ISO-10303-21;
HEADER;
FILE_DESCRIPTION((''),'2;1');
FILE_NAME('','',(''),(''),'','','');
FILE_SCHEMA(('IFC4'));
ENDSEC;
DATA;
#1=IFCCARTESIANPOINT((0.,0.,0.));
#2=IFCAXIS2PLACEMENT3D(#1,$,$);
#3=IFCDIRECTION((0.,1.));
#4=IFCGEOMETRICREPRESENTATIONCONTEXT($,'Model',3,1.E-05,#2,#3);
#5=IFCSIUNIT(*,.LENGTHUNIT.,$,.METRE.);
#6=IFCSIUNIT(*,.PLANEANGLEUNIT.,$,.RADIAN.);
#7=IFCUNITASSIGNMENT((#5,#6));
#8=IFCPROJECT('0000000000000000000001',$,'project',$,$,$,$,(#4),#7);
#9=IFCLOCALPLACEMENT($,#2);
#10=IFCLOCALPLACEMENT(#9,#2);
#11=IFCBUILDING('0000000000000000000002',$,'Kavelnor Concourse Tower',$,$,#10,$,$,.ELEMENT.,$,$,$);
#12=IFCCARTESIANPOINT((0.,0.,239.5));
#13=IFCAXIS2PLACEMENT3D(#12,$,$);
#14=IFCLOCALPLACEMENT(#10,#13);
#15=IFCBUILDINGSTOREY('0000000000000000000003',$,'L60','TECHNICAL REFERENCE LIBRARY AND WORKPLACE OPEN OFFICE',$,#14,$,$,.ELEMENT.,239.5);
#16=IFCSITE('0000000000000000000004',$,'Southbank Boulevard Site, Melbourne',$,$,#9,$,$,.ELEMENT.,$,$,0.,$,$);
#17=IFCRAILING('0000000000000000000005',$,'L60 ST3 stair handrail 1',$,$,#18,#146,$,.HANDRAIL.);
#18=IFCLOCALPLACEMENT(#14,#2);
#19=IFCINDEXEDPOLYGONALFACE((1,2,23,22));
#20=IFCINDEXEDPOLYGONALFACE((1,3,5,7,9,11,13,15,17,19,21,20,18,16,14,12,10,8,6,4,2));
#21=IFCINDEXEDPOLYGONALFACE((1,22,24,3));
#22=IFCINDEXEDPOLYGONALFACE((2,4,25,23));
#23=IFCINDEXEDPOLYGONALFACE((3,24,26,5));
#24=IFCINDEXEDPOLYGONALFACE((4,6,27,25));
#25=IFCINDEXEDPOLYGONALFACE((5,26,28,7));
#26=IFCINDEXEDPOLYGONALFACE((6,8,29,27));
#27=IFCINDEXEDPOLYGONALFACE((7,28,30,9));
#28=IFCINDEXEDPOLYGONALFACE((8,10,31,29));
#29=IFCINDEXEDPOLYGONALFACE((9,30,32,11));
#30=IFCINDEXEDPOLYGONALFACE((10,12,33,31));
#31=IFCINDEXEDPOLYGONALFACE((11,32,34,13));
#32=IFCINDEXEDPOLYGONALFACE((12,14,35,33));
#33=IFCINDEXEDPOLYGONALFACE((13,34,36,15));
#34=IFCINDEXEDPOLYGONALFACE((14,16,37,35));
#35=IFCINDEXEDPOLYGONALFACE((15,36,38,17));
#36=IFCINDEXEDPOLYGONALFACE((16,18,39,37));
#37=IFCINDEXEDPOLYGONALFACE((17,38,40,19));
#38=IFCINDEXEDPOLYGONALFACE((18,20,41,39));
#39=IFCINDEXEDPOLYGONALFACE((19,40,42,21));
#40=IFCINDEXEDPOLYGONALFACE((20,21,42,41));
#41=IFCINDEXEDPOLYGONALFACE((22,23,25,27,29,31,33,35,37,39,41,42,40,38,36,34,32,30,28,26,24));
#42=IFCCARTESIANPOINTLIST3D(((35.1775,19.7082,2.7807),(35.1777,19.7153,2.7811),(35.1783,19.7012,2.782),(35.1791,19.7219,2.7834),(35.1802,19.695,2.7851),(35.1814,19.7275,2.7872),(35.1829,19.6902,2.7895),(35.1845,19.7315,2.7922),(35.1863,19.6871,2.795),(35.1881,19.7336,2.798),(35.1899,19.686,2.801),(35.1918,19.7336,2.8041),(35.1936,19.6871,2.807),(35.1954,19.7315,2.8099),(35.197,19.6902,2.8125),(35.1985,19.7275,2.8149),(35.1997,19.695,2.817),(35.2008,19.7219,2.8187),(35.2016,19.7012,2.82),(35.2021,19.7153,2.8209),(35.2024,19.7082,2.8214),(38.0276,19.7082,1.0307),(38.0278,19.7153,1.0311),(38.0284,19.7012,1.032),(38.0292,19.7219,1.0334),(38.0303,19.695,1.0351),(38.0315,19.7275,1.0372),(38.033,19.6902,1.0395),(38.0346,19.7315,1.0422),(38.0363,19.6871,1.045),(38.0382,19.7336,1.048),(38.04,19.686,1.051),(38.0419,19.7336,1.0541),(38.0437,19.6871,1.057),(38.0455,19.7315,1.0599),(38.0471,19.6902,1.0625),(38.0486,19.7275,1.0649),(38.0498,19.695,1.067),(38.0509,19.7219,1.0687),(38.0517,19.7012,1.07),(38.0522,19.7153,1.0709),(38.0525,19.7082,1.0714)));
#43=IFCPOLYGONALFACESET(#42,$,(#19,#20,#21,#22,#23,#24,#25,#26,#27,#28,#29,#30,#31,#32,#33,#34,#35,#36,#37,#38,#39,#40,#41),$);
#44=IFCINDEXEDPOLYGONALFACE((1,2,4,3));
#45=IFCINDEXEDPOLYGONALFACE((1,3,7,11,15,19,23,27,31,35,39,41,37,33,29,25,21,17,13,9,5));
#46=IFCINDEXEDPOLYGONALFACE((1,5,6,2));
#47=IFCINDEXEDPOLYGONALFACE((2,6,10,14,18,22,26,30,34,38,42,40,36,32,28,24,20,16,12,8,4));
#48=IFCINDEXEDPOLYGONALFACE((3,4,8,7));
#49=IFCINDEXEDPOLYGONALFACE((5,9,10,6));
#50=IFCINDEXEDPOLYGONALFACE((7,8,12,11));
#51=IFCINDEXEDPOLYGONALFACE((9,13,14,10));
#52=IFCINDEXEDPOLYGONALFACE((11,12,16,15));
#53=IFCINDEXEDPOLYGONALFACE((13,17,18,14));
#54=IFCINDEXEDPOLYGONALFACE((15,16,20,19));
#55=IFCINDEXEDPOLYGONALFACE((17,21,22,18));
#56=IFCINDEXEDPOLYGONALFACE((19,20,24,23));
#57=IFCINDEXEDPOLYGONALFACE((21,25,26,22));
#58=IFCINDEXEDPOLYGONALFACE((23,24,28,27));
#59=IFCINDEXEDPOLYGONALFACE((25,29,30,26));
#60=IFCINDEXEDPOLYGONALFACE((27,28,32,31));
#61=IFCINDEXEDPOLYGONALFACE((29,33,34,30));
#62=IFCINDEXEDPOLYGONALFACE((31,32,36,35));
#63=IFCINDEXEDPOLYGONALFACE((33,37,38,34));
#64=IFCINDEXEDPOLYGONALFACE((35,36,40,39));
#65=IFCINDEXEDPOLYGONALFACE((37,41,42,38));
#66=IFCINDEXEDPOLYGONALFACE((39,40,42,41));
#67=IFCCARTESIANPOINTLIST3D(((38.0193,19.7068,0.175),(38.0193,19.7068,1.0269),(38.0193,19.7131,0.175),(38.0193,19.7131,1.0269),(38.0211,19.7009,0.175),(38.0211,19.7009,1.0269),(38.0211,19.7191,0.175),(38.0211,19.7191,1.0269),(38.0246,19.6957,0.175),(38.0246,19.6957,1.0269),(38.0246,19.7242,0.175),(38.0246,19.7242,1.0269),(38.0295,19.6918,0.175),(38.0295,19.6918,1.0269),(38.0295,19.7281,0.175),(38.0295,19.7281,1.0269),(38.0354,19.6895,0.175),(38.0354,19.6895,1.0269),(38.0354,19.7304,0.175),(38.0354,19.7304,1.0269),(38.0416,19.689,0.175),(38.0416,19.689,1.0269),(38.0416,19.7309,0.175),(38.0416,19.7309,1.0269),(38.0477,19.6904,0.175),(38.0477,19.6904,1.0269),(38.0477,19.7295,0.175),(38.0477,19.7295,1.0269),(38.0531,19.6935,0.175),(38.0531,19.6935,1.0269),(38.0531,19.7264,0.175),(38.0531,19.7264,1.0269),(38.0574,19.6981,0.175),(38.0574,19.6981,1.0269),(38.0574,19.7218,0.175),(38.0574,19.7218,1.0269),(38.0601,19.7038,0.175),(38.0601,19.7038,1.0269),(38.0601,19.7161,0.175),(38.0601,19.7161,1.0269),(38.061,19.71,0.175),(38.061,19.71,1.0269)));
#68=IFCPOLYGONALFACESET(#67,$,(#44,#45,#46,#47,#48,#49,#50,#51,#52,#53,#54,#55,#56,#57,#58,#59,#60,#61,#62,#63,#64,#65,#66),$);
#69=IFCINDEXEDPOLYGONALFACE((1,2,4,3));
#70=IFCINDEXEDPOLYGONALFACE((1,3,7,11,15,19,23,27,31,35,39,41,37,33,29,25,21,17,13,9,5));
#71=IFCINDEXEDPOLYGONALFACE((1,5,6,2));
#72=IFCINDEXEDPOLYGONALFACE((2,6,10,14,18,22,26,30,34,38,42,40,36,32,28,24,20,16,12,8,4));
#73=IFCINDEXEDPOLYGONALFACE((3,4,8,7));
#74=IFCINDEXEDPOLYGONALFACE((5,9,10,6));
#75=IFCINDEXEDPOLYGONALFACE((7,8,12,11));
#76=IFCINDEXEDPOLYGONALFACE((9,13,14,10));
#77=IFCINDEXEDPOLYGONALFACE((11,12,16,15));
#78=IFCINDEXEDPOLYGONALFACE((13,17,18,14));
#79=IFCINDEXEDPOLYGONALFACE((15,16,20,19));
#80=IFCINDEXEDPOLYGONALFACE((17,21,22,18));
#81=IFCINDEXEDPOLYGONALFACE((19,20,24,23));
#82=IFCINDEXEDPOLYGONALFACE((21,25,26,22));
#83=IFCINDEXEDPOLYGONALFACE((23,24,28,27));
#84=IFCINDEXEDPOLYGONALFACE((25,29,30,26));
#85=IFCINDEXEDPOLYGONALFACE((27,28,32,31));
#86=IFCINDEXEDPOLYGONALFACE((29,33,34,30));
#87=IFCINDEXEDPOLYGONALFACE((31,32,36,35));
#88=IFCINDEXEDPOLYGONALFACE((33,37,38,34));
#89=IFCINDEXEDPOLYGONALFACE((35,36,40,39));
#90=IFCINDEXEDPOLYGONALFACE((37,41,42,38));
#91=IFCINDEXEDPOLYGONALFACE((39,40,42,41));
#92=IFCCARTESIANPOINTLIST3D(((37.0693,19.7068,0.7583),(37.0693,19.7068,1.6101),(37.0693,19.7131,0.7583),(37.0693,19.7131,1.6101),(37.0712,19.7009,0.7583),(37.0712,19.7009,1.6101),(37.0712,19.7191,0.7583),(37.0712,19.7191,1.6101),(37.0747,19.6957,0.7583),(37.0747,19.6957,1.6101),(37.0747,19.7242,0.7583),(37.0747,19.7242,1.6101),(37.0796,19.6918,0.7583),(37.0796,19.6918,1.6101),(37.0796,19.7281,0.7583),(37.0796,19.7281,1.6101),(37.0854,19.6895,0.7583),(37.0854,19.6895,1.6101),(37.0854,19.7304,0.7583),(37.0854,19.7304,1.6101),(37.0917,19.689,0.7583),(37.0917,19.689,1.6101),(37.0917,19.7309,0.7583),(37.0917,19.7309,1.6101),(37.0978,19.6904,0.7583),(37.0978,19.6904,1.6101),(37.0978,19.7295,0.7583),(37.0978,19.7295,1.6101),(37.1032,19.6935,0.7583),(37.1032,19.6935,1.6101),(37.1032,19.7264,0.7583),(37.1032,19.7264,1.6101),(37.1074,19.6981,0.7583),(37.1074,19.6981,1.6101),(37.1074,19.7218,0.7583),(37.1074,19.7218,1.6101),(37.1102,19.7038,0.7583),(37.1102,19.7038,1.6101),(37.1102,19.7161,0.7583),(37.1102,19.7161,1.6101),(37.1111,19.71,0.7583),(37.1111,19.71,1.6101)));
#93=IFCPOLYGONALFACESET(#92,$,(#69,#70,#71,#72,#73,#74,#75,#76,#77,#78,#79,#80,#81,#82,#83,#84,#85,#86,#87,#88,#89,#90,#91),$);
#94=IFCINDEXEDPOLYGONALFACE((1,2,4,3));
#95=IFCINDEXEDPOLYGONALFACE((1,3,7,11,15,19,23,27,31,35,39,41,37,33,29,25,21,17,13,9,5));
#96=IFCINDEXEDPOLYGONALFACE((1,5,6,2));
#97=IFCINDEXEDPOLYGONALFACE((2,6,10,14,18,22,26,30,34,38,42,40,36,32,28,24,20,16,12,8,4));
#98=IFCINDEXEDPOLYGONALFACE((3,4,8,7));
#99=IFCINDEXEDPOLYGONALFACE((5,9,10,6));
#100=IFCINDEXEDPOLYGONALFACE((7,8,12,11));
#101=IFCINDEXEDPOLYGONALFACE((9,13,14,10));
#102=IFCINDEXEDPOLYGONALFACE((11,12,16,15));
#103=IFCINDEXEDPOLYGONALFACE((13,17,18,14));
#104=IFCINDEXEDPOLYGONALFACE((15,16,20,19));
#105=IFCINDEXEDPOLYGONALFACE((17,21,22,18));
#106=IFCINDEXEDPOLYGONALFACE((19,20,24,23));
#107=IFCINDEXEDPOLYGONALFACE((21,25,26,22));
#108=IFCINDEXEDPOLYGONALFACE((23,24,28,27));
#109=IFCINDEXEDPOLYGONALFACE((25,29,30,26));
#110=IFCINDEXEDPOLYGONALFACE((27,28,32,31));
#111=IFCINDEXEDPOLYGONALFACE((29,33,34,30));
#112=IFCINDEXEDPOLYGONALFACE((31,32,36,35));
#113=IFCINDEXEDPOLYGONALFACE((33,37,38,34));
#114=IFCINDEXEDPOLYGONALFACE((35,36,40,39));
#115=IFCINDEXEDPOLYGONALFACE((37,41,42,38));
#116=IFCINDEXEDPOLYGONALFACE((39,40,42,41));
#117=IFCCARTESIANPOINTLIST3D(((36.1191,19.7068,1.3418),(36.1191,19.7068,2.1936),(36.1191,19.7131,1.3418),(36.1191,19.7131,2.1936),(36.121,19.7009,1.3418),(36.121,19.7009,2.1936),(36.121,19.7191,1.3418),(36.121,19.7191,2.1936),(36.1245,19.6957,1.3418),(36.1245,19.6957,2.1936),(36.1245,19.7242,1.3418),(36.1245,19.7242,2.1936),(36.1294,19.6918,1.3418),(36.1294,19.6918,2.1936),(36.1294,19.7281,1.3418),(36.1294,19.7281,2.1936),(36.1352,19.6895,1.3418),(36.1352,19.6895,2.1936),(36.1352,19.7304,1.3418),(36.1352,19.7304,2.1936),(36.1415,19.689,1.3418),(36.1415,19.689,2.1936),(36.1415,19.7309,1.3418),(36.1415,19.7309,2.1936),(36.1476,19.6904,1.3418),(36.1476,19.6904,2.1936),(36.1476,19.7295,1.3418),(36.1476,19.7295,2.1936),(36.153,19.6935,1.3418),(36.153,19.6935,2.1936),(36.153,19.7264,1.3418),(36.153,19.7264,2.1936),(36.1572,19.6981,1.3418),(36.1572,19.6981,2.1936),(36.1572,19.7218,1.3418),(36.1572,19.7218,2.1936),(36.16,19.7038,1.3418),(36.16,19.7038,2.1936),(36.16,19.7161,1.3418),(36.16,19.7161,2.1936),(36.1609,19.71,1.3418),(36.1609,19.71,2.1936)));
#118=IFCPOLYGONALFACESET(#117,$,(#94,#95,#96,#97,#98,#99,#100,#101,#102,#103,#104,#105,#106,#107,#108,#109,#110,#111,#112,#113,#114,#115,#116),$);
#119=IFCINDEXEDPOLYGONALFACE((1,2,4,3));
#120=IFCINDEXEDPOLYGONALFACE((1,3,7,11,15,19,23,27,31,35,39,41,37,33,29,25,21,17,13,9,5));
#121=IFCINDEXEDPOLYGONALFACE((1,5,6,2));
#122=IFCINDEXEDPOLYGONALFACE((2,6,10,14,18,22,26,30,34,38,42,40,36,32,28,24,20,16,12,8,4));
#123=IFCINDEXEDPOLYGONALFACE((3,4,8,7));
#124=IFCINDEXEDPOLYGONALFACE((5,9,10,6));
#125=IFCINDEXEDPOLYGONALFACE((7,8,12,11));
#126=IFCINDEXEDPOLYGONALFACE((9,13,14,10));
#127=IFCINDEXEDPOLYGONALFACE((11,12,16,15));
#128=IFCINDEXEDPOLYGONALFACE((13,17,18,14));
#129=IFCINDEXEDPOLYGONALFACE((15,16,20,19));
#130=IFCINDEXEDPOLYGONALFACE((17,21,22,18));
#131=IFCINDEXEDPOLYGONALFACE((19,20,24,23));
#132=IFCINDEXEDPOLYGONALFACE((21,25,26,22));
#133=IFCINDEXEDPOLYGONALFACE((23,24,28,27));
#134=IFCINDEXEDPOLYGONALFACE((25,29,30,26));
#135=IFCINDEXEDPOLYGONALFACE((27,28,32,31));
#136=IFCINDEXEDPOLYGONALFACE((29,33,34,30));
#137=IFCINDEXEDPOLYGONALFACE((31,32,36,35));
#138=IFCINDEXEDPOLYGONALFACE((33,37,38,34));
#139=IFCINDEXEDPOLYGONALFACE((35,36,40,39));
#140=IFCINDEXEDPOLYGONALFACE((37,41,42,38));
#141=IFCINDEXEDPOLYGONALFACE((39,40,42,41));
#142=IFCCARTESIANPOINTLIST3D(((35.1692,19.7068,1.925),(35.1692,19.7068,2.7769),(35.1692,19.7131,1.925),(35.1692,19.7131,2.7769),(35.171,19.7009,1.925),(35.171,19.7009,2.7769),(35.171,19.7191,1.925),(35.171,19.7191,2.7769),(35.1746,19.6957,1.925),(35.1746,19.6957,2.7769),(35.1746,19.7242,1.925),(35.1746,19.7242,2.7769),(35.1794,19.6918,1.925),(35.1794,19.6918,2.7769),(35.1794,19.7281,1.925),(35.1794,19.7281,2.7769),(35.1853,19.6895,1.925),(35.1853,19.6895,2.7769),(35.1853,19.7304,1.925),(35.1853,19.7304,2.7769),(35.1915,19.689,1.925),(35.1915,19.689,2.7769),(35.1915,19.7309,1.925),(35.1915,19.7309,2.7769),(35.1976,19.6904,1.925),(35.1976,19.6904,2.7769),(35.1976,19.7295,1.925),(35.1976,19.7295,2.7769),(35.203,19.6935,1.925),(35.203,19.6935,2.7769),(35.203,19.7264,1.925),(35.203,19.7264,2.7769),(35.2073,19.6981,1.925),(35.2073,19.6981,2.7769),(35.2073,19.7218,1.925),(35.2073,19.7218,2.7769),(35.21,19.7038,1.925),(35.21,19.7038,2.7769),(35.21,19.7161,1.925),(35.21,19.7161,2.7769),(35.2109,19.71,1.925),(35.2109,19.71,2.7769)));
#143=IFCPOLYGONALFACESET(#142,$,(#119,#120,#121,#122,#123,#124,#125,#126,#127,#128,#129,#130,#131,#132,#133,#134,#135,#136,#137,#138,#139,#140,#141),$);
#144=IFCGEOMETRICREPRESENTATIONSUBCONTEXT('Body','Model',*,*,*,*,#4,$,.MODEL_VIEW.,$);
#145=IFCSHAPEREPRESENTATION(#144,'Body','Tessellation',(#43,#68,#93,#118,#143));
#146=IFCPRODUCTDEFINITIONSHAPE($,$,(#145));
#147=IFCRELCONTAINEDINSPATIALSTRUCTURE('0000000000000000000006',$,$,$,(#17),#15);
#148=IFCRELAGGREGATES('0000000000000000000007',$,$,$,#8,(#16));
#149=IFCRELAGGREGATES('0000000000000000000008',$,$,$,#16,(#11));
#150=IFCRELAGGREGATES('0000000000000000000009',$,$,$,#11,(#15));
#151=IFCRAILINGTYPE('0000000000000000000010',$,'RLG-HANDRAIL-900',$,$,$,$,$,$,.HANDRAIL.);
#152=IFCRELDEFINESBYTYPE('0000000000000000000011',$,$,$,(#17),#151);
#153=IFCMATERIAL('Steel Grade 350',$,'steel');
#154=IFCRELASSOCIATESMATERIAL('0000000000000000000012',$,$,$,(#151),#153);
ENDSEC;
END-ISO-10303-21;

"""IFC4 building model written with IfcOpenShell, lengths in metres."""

from ifc_helpers import new_model, si_unit, direction, frame, origin, origin_2d, place, context, subcontext, project, spatial, circle, extrude, material, type_object, element, save


model = new_model("IFC4")

# Units and contexts
model_context = context("Model", 3, precision=1e-05, world=origin(), true_north=direction((0.0, 1.0)))
body_context = subcontext(model_context, "Body", "Model", "MODEL_VIEW")
ifc_project = project(units=[si_unit("LENGTHUNIT", "METRE"), si_unit("PLANEANGLEUNIT", "RADIAN")], contexts=[model_context])

# Site, building, storey
site_placement = place(None, origin())
site = spatial("IfcSite", under=ifc_project, at=site_placement, Name="Southbank Boulevard Site, Melbourne", CompositionType="ELEMENT", RefElevation=0.0)
building_placement = place(site_placement, origin())
building = spatial("IfcBuilding", under=site, at=building_placement, Name="Kavelnor Concourse Tower", CompositionType="ELEMENT")
storey_placement = place(building_placement, frame((0.0, 0.0, 239.5)))
storey = spatial("IfcBuildingStorey", under=building, at=storey_placement, Name="L60", Description="TECHNICAL REFERENCE LIBRARY AND WORKPLACE OPEN OFFICE", CompositionType="ELEMENT", Elevation=239.5)

# Shared definitions
ifc_material_1 = material(Name="Steel Grade 350", Category="steel")

# Railing
railing_type_1 = type_object("IfcRailingType", Name="RLG-HANDRAIL-900", PredefinedType="HANDRAIL", material=ifc_material_1)
railing_1_placement = place(storey_placement, frame((38.04, 19.71, 0.175)))
element("IfcRailing", 1, at=railing_1_placement, inside=storey, type_object=railing_type_1, Name="L60 ST3 stair handrail 1", PredefinedType="HANDRAIL", context=body_context, shape_type="SweptSolid", body=[
    extrude(circle(Radius=0.0239, at=origin_2d()), frame((0.0, 0.0, 0.876), z_axis=(-0.852179, 0.0, 0.52325), x_axis=(0.0, -1.0, 0.0)), (0.0, 0.0, 1.0), 3.3445),
    extrude(circle(Radius=0.021, at=origin_2d()), origin(), (0.0, 0.0, 1.0), 0.8518),
    extrude(circle(Radius=0.021, at=origin_2d()), frame((-0.95, 0.0, 0.5833)), (0.0, 0.0, 1.0), 0.8518),
    extrude(circle(Radius=0.021, at=origin_2d()), frame((-1.9001, 0.0, 1.1667)), (0.0, 0.0, 1.0), 0.8518),
    extrude(circle(Radius=0.021, at=origin_2d()), frame((-2.8501, 0.0, 1.75)), (0.0, 0.0, 1.0), 0.8518),
])

save(model, "model.ifc")
